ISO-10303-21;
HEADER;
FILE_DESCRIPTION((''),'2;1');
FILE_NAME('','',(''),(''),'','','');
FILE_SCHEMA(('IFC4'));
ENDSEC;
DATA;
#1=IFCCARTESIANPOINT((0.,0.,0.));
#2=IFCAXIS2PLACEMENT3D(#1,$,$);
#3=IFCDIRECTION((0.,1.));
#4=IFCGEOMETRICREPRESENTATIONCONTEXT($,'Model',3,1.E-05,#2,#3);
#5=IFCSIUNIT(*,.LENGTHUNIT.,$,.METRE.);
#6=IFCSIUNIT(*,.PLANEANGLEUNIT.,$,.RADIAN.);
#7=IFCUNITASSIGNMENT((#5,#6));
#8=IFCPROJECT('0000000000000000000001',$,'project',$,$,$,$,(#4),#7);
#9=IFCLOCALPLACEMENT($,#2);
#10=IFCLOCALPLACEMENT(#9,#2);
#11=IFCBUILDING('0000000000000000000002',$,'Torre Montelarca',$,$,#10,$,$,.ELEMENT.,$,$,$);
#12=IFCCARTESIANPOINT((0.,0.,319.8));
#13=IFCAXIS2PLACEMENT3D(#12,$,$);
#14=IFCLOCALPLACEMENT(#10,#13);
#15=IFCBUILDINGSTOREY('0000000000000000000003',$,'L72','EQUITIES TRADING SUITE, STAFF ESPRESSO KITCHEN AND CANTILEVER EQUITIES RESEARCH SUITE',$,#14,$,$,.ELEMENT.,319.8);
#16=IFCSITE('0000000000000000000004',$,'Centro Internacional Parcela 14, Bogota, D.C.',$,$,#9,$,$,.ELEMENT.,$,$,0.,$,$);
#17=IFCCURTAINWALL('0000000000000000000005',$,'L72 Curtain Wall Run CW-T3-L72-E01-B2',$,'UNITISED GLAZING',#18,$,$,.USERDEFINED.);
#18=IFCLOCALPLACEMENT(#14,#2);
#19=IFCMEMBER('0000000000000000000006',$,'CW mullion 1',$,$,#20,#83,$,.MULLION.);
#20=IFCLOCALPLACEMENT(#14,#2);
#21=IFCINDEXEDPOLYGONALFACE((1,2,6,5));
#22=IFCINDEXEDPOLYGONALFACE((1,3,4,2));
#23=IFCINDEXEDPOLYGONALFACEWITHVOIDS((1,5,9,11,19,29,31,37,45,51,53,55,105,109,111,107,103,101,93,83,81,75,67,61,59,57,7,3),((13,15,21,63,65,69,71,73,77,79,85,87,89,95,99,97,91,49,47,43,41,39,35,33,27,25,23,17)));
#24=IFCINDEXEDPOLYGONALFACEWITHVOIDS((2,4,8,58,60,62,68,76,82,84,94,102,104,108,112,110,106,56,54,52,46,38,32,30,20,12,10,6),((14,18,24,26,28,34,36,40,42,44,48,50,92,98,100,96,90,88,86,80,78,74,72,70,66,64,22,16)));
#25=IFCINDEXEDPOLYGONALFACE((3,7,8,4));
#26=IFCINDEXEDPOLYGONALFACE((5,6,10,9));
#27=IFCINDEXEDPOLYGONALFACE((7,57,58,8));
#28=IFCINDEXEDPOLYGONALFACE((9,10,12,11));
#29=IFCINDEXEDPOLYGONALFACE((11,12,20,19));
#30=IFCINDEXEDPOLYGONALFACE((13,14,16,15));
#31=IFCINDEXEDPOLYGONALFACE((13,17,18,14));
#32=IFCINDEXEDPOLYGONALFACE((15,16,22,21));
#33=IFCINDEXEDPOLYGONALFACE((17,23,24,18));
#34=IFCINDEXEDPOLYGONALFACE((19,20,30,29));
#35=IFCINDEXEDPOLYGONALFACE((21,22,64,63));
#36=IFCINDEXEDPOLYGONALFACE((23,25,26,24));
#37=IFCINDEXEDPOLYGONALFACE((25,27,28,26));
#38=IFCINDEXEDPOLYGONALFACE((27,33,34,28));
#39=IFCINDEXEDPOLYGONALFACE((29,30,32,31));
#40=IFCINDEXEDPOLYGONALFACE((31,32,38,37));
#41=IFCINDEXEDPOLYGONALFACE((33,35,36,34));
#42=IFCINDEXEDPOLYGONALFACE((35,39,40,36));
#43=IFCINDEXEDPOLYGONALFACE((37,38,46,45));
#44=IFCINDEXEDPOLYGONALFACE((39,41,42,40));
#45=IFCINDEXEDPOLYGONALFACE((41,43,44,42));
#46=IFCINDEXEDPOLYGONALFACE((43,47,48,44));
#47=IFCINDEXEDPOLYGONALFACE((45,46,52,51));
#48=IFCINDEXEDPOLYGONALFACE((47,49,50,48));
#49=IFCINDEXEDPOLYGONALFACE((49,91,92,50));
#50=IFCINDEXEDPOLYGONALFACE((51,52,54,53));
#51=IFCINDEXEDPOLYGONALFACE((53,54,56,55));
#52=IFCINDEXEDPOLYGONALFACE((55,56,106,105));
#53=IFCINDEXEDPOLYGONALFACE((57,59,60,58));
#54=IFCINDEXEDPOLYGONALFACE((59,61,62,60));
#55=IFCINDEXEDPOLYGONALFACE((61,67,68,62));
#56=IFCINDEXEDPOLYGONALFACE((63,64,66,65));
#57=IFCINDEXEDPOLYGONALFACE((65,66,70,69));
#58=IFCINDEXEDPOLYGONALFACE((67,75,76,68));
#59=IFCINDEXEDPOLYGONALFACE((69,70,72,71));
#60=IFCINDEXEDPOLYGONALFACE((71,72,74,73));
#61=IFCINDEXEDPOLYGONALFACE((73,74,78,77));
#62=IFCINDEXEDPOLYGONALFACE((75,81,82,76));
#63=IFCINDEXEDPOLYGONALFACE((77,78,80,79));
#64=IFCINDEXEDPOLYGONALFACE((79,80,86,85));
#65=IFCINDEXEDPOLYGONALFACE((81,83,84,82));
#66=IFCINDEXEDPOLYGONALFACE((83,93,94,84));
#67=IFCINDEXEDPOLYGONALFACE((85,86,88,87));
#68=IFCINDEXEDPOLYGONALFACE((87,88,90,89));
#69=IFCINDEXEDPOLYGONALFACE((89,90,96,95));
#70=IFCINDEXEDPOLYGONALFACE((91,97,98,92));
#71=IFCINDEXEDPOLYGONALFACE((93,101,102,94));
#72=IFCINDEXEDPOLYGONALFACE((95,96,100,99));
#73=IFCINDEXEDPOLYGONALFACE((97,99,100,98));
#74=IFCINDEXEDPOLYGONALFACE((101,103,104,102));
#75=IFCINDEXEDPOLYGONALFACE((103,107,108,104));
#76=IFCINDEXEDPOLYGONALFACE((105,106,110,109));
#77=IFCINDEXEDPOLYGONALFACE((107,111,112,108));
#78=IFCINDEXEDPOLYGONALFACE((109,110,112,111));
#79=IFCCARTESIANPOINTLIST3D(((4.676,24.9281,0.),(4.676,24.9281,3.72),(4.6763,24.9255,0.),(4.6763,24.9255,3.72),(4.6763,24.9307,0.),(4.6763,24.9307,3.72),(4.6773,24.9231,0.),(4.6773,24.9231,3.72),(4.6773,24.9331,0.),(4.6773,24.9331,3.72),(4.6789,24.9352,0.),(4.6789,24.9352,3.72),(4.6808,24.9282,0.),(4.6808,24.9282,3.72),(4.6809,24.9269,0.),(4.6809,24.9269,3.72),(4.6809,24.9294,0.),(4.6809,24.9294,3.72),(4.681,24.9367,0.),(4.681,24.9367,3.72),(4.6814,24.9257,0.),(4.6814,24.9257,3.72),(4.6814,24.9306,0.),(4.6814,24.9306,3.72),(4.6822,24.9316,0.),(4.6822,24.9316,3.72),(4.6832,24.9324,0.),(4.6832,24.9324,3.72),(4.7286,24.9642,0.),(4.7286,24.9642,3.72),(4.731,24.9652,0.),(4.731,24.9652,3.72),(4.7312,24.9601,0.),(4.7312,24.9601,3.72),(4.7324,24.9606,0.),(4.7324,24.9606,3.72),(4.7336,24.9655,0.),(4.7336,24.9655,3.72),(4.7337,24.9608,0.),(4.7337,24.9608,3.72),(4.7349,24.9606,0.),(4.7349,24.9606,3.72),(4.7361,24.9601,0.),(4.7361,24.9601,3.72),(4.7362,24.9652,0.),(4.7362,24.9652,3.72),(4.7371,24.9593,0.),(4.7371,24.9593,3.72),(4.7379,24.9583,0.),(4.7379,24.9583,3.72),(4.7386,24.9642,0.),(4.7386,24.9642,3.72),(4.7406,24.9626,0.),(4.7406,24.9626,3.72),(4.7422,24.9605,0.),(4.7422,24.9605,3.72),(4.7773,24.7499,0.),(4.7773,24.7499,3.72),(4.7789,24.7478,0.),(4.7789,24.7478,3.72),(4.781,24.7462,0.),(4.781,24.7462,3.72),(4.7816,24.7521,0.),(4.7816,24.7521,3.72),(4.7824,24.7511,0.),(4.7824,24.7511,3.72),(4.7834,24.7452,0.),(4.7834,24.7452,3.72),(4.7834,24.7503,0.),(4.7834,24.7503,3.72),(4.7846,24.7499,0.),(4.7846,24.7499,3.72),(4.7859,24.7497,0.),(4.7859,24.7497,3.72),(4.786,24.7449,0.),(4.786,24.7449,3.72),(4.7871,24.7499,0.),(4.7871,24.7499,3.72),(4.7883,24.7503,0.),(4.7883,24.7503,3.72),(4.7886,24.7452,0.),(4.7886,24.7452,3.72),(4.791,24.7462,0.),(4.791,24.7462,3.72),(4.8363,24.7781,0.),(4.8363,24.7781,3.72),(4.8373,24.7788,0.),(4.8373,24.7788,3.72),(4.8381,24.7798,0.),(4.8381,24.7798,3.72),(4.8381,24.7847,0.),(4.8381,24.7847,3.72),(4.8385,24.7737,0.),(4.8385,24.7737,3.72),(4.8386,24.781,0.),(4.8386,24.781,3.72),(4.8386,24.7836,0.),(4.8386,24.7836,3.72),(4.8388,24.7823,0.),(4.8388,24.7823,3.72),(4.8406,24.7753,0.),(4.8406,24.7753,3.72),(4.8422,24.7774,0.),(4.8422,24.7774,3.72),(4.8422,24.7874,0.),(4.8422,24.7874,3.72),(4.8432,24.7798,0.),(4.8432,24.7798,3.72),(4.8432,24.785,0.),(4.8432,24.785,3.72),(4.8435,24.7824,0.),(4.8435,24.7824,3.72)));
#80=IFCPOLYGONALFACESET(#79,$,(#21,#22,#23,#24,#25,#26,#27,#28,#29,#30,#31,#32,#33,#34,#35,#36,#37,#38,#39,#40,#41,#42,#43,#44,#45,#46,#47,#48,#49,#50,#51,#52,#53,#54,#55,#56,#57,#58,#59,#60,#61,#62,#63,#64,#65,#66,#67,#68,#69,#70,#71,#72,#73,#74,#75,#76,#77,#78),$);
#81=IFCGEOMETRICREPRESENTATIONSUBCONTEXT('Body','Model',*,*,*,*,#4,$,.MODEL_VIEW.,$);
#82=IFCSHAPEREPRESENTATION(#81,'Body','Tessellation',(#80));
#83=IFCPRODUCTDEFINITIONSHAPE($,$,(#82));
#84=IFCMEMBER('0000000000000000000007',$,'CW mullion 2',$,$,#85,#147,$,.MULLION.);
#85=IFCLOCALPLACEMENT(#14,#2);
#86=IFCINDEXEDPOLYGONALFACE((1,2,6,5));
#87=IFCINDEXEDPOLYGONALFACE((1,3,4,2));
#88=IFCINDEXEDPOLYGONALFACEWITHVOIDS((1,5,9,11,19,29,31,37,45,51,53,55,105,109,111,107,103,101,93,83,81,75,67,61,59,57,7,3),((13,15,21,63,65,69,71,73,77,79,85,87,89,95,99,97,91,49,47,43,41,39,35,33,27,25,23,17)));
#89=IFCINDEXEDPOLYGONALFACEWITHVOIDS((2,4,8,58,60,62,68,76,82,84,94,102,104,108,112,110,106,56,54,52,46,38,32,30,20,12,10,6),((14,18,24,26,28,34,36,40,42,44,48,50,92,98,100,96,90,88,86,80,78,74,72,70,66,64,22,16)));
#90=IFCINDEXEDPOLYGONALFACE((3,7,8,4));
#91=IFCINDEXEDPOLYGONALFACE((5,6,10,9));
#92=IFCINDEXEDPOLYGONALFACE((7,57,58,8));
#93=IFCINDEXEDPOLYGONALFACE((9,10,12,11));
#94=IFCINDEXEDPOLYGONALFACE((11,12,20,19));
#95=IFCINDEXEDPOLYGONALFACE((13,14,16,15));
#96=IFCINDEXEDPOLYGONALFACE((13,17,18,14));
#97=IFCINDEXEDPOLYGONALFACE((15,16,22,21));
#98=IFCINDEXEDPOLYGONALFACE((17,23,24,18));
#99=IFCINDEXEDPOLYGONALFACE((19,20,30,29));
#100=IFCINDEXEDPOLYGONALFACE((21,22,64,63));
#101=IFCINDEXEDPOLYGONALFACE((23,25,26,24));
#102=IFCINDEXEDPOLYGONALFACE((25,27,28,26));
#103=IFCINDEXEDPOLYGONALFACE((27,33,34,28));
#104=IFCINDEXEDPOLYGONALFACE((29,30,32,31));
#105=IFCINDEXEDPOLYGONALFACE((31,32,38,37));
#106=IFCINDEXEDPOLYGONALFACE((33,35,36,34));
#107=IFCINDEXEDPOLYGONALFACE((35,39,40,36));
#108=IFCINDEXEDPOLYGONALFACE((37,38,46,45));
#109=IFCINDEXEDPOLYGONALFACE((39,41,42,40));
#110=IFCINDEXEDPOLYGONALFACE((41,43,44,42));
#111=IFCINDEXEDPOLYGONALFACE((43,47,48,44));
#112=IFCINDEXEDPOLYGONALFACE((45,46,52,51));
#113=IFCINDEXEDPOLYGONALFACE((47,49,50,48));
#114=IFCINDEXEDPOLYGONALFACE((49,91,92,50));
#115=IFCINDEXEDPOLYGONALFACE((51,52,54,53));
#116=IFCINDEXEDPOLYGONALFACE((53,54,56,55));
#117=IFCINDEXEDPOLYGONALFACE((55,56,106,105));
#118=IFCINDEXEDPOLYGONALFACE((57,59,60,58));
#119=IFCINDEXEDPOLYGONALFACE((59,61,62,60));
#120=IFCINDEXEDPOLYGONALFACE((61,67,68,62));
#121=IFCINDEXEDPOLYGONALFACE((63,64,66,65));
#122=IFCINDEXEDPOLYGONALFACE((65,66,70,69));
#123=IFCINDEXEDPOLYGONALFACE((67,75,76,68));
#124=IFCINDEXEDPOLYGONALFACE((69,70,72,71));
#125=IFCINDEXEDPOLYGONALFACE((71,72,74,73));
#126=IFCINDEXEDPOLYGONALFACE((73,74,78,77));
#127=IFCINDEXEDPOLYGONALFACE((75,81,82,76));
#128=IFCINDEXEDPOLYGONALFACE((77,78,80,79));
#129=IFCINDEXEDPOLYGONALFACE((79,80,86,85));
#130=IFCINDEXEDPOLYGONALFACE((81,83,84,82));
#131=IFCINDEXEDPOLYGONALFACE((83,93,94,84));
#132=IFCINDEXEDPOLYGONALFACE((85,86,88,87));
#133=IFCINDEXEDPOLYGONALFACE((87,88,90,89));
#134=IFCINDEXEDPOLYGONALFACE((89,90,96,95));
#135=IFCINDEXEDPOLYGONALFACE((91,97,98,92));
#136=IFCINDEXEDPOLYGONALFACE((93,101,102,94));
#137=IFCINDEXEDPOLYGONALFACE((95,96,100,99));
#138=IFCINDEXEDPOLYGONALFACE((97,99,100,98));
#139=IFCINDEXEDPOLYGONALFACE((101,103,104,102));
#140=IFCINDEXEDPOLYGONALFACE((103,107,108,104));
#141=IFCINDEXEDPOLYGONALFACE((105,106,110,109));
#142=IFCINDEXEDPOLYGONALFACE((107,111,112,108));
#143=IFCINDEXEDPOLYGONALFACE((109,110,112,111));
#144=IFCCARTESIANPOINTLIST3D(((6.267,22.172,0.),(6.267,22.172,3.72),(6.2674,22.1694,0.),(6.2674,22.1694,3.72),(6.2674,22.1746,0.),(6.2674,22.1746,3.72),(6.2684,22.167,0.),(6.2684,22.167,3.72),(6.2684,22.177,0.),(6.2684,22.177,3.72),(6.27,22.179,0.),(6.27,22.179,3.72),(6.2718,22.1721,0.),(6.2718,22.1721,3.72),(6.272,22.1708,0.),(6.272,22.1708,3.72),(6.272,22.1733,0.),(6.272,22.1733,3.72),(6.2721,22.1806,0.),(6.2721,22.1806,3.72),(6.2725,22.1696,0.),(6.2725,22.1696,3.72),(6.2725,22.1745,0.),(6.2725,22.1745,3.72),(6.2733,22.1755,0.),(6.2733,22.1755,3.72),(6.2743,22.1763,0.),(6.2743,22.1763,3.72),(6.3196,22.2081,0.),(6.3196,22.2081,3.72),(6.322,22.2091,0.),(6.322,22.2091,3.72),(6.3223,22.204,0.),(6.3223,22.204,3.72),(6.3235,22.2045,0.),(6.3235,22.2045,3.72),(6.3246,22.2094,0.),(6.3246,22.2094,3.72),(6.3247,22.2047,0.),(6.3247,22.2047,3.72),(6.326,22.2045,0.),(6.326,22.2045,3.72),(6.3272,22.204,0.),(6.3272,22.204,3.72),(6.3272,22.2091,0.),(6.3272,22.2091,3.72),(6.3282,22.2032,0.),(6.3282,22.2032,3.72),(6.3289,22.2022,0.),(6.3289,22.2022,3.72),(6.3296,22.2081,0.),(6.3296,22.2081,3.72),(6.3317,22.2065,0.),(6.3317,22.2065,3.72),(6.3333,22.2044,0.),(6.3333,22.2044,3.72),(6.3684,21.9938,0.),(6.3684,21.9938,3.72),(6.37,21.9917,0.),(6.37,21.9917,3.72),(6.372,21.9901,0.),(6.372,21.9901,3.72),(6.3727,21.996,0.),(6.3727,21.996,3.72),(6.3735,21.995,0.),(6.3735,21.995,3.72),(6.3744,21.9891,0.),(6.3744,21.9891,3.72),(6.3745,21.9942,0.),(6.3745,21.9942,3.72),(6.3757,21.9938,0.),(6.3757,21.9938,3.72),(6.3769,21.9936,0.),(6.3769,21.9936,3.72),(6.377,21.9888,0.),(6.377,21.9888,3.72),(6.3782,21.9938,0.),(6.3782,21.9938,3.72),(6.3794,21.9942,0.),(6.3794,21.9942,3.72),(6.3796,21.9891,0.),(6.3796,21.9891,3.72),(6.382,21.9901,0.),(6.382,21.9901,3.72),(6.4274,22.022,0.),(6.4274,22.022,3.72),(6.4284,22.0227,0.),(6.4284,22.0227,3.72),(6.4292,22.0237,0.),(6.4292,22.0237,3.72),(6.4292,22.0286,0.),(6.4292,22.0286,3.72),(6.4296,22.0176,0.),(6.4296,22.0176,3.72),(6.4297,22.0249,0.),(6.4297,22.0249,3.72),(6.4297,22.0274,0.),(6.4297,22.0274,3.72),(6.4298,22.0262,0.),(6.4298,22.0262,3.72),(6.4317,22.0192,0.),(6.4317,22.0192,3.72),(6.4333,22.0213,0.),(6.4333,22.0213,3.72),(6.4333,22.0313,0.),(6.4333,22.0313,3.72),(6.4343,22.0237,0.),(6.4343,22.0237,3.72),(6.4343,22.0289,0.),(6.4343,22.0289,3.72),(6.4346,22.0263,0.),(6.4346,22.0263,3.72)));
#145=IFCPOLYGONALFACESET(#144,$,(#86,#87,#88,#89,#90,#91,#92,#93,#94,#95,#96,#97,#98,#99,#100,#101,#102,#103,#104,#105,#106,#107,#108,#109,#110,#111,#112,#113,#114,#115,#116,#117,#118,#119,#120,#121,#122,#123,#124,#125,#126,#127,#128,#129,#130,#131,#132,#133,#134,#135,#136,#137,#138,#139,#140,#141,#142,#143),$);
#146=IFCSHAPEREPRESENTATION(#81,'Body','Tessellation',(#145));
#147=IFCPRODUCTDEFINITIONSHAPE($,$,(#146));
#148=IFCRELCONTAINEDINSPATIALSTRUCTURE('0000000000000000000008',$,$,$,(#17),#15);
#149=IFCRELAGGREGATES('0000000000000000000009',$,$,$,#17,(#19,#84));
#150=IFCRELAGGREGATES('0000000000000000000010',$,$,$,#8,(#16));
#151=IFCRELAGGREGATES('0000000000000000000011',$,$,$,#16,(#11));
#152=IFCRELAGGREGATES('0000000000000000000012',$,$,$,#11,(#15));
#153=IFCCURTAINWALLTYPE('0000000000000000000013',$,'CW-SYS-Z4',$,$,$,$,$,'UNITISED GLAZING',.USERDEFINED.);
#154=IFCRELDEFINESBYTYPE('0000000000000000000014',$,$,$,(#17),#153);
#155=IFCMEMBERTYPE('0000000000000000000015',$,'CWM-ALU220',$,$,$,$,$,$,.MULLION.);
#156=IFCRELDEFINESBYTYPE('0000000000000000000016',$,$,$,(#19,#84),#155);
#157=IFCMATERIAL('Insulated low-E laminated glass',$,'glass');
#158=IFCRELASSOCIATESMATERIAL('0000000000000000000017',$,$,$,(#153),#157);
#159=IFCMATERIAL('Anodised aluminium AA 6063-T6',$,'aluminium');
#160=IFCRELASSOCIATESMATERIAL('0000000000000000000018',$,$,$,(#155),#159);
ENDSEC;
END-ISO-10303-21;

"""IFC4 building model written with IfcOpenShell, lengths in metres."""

from ifc_helpers import new_model, si_unit, direction, frame, origin, origin_2d, place, context, subcontext, project, spatial, hollow_rectangle, extrude, source, transform, mapped, material, material_profile, profile_set, type_object, element, aggregate, save


model = new_model("IFC4")

# Units and contexts
model_context = context("Model", 3, precision=1e-05, world=origin(), true_north=direction((0.0, 1.0)))
body_context = subcontext(model_context, "Body", "Model", "MODEL_VIEW")
ifc_project = project(units=[si_unit("LENGTHUNIT", "METRE"), si_unit("PLANEANGLEUNIT", "RADIAN")], contexts=[model_context])

# Site, building, storey
site_placement = place(None, origin())
site = spatial("IfcSite", under=ifc_project, at=site_placement, Name="Centro Internacional Parcela 14, Bogota, D.C.", CompositionType="ELEMENT", RefElevation=0.0)
building_placement = place(site_placement, origin())
building = spatial("IfcBuilding", under=site, at=building_placement, Name="Torre Montelarca", CompositionType="ELEMENT")
storey_placement = place(building_placement, frame((0.0, 0.0, 319.8)))
storey = spatial("IfcBuildingStorey", under=building, at=storey_placement, Name="L72", Description="EQUITIES TRADING SUITE, STAFF ESPRESSO KITCHEN AND CANTILEVER EQUITIES RESEARCH SUITE", CompositionType="ELEMENT", Elevation=319.8)

# Curtain wall, members
ifc_material_1 = material(Name="Insulated low-E laminated glass", Category="glass")
curtain_wall_type = type_object("IfcCurtainWallType", Name="CW-SYS-Z4", ElementType="UNITISED GLAZING", PredefinedType="USERDEFINED", material=ifc_material_1)
ifc_material_2 = material(Name="Anodised aluminium AA 6063-T6", Category="aluminium")
ifc_material_profile_1 = material_profile(ifc_material_2, hollow_rectangle(XDim=0.075, YDim=0.22, WallThickness=0.0049, InnerFilletRadius=0.0049, OuterFilletRadius=0.01, at=origin_2d()), Name="ALU75X220X5", Category="aluminium")
ifc_profile_set_1 = profile_set([ifc_material_profile_1], Name="Anodised aluminium AA 6063-T6")
member_type_1 = type_object("IfcMemberType", Name="CWM-ALU220", PredefinedType="MULLION", material=ifc_profile_set_1)
shared_shape_1 = source(origin(), body_context, "Body", "SweptSolid", [
    extrude(hollow_rectangle(XDim=0.075, YDim=0.22, WallThickness=0.0049, InnerFilletRadius=0.0049, OuterFilletRadius=0.01, at=origin_2d()), origin(), (0.0, 0.0, 1.0), 3.72),
])
curtain_wall_1_placement = place(storey_placement, origin())
curtain_wall_1 = element("IfcCurtainWall", 1, at=curtain_wall_1_placement, inside=storey, type_object=curtain_wall_type, Name="L72 Curtain Wall Run CW-T3-L72-E01-B2", ObjectType="UNITISED GLAZING", PredefinedType="USERDEFINED")
member_1_placement = place(storey_placement, frame((4.7598, 24.8552, 0.0), z_axis=(0.0, 0.0, 1.0), x_axis=(0.866025, 0.5, 0.0)))
member_1 = element("IfcMember", 2, at=member_1_placement, type_object=member_type_1, Name="CW mullion 1", PredefinedType="MULLION", context=body_context, shape_type="MappedRepresentation", body=[
    mapped(shared_shape_1, transform((0.0, 0.0, 0.0), scale=1.0)),
])
member_2_placement = place(storey_placement, frame((6.3508, 22.0991, 0.0), z_axis=(0.0, 0.0, 1.0), x_axis=(0.866025, 0.5, 0.0)))
member_2 = element("IfcMember", 3, at=member_2_placement, type_object=member_type_1, Name="CW mullion 2", PredefinedType="MULLION", context=body_context, shape_type="MappedRepresentation", body=[
    mapped(shared_shape_1, transform((0.0, 0.0, 0.0), scale=1.0)),
])

aggregate(curtain_wall_1, [member_1, member_2])

save(model, "model.ifc")
